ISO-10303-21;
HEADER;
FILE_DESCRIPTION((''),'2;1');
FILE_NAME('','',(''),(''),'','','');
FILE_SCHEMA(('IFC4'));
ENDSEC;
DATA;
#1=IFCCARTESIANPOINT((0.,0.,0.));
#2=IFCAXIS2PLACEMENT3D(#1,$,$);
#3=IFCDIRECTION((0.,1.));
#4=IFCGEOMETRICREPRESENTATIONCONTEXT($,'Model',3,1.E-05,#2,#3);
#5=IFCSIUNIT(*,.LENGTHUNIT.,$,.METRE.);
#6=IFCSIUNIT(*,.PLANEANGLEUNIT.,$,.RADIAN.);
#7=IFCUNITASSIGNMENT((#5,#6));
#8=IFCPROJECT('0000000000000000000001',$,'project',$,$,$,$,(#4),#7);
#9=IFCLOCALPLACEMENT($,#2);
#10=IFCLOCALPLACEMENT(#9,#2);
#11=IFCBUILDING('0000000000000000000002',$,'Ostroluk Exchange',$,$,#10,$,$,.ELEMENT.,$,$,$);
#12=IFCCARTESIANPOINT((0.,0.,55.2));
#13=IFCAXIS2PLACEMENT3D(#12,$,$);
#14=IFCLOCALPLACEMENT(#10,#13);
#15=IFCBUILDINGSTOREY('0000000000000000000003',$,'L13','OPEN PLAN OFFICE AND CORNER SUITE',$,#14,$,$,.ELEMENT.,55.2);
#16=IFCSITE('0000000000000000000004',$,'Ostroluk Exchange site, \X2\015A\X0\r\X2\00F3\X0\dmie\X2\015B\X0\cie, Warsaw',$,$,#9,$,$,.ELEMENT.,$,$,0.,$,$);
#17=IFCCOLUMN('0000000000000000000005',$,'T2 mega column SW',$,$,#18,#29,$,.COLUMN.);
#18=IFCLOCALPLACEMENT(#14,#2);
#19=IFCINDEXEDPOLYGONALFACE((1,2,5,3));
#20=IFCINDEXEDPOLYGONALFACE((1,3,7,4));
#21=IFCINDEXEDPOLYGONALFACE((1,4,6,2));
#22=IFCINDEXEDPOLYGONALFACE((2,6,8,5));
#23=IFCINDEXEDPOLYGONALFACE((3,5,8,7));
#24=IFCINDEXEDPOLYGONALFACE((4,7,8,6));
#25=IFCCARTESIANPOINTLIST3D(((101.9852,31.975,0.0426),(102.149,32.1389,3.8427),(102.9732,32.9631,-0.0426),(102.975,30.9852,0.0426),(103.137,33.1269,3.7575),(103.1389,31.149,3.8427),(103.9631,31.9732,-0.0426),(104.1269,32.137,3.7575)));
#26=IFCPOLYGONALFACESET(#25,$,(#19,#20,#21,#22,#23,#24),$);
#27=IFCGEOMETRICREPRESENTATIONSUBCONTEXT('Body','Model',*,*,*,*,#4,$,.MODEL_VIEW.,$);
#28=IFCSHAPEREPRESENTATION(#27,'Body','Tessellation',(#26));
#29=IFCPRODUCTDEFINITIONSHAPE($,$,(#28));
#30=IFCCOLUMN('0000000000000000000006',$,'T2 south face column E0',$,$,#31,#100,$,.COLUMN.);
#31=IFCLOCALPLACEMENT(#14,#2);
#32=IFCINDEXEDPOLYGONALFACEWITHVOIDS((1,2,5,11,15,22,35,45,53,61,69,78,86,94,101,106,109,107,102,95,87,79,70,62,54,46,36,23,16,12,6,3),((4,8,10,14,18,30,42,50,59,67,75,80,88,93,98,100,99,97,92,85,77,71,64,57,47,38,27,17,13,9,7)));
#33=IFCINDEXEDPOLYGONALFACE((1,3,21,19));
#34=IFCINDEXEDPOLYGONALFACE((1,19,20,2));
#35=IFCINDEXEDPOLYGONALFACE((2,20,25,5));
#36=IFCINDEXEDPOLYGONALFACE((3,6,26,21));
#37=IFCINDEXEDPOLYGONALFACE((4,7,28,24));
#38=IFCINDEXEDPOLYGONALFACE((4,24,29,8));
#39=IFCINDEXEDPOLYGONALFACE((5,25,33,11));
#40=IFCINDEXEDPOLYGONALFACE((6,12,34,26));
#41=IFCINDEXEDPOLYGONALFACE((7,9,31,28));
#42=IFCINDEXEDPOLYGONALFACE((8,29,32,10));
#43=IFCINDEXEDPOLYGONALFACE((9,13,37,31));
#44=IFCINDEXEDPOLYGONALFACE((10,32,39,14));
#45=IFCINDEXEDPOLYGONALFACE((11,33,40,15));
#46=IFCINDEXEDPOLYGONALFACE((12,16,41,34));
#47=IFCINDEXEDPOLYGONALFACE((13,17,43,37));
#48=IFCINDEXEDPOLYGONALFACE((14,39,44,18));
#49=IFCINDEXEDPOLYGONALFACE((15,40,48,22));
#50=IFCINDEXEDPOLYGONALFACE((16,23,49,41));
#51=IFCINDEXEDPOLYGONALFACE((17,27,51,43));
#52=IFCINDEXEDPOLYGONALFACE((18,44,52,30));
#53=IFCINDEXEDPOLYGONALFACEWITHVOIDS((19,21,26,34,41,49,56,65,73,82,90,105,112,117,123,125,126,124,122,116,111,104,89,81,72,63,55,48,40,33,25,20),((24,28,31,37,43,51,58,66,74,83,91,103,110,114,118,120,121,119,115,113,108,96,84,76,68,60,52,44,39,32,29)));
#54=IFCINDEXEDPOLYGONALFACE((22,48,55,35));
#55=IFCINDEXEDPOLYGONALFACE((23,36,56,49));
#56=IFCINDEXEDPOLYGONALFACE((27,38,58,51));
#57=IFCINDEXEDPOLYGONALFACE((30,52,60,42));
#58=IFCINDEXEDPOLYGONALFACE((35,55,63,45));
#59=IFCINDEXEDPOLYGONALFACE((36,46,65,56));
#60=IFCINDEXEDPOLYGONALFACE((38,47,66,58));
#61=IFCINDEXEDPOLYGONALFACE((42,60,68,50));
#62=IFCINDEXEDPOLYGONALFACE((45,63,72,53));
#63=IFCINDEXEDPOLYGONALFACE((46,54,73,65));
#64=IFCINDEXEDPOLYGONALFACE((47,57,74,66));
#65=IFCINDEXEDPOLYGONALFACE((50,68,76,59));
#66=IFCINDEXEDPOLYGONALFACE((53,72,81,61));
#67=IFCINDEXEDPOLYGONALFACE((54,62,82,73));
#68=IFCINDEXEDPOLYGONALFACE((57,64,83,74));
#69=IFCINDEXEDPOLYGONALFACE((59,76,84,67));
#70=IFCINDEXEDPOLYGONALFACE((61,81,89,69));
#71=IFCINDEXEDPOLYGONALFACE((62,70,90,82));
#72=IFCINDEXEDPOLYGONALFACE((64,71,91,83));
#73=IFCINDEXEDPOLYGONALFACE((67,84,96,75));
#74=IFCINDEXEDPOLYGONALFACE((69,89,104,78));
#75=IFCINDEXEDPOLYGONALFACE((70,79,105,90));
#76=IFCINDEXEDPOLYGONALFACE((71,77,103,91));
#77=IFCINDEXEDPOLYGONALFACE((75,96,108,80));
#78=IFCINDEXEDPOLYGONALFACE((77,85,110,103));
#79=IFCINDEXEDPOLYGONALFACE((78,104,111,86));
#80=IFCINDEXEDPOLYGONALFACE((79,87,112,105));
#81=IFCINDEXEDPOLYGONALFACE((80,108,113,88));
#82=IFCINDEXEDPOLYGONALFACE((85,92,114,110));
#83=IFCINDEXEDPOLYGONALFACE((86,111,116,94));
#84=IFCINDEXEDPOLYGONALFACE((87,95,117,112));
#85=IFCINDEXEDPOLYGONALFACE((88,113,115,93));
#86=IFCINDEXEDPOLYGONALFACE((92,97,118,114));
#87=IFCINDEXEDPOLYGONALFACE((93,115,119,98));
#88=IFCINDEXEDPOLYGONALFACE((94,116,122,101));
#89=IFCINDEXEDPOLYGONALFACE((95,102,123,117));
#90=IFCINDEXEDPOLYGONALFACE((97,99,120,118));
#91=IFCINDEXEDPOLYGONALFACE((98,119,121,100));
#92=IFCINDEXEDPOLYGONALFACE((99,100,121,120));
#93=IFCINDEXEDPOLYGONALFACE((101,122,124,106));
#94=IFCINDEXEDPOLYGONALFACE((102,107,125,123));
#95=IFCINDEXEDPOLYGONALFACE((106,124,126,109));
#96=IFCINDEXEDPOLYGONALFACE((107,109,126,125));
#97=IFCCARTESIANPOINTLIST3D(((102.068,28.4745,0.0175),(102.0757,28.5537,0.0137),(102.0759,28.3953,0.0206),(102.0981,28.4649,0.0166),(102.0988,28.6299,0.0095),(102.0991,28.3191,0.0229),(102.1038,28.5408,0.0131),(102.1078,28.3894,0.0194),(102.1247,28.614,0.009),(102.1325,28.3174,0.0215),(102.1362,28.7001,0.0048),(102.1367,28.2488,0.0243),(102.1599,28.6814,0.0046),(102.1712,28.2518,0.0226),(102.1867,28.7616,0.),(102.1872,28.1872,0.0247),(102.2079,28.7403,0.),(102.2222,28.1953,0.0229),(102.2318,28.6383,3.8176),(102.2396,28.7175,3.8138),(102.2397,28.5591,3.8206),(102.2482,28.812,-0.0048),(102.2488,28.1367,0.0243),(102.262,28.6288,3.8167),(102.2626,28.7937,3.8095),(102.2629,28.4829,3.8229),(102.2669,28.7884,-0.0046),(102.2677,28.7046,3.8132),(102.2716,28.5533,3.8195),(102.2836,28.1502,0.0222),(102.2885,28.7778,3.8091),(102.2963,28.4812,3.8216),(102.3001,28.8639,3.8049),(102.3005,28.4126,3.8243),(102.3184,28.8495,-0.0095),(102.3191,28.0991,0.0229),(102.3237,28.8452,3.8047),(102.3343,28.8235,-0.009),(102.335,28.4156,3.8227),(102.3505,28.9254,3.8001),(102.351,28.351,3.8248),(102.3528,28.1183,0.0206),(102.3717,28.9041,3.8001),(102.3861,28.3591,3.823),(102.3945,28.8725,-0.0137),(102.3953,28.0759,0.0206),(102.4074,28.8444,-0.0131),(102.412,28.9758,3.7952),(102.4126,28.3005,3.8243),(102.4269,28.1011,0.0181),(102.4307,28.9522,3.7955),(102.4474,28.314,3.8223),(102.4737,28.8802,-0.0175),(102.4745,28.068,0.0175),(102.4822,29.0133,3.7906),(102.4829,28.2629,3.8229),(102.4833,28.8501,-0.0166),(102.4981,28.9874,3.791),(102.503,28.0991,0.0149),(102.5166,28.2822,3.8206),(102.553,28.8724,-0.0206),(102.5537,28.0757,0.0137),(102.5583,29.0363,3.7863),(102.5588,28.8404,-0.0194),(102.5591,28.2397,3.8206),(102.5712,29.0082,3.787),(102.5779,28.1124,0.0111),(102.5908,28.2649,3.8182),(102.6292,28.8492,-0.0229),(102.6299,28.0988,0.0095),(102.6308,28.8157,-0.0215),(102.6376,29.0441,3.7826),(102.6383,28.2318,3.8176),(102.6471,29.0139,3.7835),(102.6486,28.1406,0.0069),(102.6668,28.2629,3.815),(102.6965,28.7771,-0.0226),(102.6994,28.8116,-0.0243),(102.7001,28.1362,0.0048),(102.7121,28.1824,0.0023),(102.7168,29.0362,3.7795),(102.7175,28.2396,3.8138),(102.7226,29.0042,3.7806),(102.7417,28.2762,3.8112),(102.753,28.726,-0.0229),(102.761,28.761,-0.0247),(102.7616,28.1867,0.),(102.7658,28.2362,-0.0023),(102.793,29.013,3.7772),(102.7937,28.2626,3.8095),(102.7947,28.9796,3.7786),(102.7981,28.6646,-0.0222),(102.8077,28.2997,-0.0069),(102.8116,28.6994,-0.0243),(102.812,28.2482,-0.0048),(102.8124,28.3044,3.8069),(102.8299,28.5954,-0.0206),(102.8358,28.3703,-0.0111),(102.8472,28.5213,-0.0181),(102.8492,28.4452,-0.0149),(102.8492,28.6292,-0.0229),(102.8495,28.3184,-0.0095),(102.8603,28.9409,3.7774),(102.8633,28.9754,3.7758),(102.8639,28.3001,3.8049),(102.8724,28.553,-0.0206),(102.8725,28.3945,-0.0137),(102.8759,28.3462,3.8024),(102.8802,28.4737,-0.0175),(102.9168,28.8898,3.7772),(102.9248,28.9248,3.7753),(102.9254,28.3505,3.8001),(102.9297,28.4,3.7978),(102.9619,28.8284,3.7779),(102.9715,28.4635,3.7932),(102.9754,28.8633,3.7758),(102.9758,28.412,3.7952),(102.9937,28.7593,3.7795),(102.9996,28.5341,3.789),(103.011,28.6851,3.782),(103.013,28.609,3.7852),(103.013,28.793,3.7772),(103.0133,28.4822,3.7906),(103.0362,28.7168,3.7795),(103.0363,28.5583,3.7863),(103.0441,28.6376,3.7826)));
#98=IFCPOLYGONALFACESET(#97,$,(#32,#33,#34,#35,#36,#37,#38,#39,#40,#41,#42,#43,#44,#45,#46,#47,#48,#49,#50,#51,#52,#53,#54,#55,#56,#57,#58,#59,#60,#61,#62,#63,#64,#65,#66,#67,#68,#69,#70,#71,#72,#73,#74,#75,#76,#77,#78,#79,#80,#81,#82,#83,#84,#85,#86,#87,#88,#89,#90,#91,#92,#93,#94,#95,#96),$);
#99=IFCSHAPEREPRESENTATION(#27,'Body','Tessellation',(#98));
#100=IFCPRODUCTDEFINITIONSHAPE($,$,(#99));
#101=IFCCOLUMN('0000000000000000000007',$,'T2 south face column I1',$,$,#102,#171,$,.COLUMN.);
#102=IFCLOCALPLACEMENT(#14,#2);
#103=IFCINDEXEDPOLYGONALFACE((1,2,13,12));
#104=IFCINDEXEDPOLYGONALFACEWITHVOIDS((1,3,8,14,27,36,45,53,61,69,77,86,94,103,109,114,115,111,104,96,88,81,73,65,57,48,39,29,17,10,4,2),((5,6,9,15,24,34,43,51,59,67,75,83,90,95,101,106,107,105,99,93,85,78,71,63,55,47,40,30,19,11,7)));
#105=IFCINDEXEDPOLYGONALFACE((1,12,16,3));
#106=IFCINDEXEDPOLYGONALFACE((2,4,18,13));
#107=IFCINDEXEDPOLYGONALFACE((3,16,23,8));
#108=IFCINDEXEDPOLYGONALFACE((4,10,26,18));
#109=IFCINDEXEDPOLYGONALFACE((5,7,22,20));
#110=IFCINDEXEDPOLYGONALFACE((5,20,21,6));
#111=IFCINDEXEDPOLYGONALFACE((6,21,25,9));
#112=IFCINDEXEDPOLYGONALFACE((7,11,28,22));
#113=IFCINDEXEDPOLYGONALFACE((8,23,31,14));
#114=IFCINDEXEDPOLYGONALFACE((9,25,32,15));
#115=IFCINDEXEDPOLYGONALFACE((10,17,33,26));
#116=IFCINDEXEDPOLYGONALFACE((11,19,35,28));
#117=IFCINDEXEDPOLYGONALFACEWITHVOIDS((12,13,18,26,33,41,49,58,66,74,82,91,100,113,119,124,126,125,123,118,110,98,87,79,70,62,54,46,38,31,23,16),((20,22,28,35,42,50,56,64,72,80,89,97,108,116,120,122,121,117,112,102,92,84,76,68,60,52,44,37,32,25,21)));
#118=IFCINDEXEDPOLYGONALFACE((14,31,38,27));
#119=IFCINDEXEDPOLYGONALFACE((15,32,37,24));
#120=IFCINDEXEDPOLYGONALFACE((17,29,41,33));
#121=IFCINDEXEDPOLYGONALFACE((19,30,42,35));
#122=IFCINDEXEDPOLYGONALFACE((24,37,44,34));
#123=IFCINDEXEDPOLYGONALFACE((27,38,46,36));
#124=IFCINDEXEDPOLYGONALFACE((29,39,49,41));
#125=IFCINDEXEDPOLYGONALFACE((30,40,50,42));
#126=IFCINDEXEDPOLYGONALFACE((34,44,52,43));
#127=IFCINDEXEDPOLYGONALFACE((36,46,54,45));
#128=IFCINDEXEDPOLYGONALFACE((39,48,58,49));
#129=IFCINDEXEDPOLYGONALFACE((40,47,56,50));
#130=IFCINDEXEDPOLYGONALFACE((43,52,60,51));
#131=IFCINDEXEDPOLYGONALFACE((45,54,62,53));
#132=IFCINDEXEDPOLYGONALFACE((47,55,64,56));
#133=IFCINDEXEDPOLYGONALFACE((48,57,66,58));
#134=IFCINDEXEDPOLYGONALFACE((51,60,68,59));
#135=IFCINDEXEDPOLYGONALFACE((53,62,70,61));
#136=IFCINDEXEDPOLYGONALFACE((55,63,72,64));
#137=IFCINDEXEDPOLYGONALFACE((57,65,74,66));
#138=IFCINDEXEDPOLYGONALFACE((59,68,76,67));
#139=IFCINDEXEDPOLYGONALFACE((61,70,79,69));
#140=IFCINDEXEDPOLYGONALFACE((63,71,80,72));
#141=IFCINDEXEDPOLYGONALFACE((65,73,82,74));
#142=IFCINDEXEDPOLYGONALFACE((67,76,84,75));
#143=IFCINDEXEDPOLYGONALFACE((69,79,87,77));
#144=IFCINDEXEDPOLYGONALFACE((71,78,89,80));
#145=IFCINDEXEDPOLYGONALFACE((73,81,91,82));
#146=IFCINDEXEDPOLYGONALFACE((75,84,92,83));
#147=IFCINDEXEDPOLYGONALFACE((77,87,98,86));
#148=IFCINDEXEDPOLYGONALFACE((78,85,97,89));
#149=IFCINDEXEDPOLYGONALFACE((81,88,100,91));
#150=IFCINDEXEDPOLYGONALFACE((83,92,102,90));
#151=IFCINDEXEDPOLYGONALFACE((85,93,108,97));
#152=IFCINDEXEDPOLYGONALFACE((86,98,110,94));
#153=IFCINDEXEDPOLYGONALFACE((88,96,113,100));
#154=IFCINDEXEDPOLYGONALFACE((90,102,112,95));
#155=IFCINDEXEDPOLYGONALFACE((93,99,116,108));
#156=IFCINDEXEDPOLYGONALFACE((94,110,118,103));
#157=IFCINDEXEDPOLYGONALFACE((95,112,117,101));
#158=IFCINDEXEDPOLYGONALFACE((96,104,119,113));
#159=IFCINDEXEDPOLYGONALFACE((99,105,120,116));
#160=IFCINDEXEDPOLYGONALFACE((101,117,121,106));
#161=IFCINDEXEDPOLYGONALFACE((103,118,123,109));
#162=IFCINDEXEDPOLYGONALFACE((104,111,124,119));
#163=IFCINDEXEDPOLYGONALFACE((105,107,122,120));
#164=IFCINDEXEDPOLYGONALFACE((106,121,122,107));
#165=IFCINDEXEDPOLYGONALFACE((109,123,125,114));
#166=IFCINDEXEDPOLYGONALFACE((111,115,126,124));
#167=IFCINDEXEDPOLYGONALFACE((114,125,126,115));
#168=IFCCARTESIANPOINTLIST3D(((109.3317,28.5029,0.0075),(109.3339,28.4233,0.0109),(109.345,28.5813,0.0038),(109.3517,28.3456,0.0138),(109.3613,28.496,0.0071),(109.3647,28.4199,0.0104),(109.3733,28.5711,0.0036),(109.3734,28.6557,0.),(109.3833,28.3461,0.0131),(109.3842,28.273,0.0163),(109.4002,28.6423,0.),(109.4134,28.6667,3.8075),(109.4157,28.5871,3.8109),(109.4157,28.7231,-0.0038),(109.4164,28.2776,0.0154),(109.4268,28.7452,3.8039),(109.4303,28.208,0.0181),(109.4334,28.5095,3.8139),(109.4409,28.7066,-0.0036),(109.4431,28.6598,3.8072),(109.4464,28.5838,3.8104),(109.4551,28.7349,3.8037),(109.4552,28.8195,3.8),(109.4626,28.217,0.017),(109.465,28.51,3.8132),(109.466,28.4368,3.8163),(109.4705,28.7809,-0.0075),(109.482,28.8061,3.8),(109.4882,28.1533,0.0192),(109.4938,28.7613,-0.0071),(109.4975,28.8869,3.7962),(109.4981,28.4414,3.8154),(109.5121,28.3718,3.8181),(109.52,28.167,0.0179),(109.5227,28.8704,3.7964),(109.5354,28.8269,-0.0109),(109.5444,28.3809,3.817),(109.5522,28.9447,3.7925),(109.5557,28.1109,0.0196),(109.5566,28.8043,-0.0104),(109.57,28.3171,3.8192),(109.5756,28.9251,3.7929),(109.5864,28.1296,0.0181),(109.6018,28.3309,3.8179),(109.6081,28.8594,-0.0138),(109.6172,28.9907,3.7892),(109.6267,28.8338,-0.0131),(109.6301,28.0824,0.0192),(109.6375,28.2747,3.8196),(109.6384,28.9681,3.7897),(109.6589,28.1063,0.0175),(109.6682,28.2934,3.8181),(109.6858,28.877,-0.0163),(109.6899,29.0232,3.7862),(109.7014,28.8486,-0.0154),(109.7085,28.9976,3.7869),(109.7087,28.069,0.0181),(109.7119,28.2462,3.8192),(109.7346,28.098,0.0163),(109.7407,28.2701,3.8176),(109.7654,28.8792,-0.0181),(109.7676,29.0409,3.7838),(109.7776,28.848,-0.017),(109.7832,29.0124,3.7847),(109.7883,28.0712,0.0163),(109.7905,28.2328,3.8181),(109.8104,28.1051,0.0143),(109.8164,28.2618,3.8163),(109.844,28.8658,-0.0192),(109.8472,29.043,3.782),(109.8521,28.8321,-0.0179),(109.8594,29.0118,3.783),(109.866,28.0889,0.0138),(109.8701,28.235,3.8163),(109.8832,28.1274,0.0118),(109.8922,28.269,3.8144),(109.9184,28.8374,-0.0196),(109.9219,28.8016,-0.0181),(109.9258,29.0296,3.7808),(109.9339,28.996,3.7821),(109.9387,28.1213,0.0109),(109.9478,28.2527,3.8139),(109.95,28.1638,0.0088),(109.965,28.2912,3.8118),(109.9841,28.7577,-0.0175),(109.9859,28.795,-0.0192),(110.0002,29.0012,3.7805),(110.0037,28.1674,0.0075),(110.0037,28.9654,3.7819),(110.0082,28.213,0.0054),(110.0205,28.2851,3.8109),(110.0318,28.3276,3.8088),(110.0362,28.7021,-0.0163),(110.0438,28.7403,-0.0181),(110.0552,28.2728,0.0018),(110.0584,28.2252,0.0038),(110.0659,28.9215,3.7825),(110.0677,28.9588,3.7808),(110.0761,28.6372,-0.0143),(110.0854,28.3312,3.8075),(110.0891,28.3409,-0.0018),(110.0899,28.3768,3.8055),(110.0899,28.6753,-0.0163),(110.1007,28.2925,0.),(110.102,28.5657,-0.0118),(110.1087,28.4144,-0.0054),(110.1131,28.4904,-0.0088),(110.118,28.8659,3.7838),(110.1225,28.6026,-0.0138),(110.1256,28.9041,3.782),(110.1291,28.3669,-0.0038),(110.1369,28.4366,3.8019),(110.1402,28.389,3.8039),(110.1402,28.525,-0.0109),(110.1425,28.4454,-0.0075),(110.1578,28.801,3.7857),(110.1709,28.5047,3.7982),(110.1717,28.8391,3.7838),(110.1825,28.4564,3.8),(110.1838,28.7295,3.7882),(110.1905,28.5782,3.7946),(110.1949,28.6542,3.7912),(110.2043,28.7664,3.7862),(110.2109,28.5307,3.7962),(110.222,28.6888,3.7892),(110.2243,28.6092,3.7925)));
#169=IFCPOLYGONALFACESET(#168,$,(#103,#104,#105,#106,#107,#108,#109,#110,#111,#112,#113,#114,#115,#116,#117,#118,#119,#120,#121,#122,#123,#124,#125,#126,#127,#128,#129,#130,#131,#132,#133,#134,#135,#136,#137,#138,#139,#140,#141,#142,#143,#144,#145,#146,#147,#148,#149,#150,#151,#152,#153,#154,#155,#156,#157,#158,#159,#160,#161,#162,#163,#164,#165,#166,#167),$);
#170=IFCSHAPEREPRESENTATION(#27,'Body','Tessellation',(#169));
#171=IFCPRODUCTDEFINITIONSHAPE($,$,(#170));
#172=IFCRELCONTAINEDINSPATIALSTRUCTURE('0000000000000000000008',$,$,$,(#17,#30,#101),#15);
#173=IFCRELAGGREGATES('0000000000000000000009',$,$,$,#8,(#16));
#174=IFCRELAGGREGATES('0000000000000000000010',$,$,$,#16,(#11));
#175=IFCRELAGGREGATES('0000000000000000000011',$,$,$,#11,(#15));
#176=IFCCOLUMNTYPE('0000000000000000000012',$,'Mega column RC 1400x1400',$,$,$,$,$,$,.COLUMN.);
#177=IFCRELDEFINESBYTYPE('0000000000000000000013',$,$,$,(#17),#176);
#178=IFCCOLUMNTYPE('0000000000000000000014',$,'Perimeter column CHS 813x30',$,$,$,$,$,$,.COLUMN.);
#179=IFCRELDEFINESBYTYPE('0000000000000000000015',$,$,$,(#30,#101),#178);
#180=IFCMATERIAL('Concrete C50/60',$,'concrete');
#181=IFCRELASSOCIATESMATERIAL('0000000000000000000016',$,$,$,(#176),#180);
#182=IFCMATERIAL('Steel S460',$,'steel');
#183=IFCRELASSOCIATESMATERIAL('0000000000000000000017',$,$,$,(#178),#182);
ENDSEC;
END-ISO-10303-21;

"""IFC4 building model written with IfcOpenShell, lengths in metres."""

from ifc_helpers import new_model, si_unit, direction, frame, origin, origin_2d, place, context, subcontext, project, spatial, rectangle, hollow_circle, extrude, material, material_profile, profile_set, type_object, element, save


model = new_model("IFC4")

# Units and contexts
model_context = context("Model", 3, precision=1e-05, world=origin(), true_north=direction((0.0, 1.0)))
body_context = subcontext(model_context, "Body", "Model", "MODEL_VIEW")
ifc_project = project(units=[si_unit("LENGTHUNIT", "METRE"), si_unit("PLANEANGLEUNIT", "RADIAN")], contexts=[model_context])

# Site, building, storey
site_placement = place(None, origin())
site = spatial("IfcSite", under=ifc_project, at=site_placement, Name="Ostroluk Exchange site, Śródmieście, Warsaw", CompositionType="ELEMENT", RefElevation=0.0)
building_placement = place(site_placement, origin())
building = spatial("IfcBuilding", under=site, at=building_placement, Name="Ostroluk Exchange", CompositionType="ELEMENT")
storey_placement = place(building_placement, frame((0.0, 0.0, 55.2)))
storey = spatial("IfcBuildingStorey", under=building, at=storey_placement, Name="L13", Description="OPEN PLAN OFFICE AND CORNER SUITE", CompositionType="ELEMENT", Elevation=55.2)

# Columns
ifc_material_1 = material(Name="Concrete C50/60", Category="concrete")
ifc_material_profile_1 = material_profile(ifc_material_1, rectangle(XDim=1.3999, YDim=1.3999, at=origin_2d()), Name="RC 1400x1400")
ifc_profile_set_1 = profile_set([ifc_material_profile_1], Name="Concrete C50/60")
column_type_1 = type_object("IfcColumnType", Name="Mega column RC 1400x1400", PredefinedType="COLUMN", material=ifc_profile_set_1)
column_1_placement = place(storey_placement, frame((102.9741, 31.9741, 0.0), z_axis=(0.04303, 0.04303, 0.998147), x_axis=(-0.707107, 0.707107, 0.0)))
element("IfcColumn", 1, at=column_1_placement, inside=storey, type_object=column_type_1, Name="T2 mega column SW", PredefinedType="COLUMN", context=body_context, shape_type="SweptSolid", body=[
    extrude(rectangle(XDim=1.3999, YDim=1.3999, at=origin_2d()), origin(), (0.0, 0.0, 1.0), 3.8071),
])
ifc_material_2 = material(Name="Steel S460", Category="steel")
ifc_material_profile_2 = material_profile(ifc_material_2, hollow_circle(Radius=0.4065, WallThickness=0.03, at=origin_2d()), Name="CHS 813x30")
ifc_profile_set_2 = profile_set([ifc_material_profile_2], Name="Steel S460")
column_type_2 = type_object("IfcColumnType", Name="Perimeter column CHS 813x30", PredefinedType="COLUMN", material=ifc_profile_set_2)
column_2_placement = place(storey_placement, frame((102.4741, 28.4741, 0.0), z_axis=(0.04303, 0.04303, 0.998147), x_axis=(-0.707107, 0.707107, 0.0)))
element("IfcColumn", 2, at=column_2_placement, inside=storey, type_object=column_type_2, Name="T2 south face column E0", PredefinedType="COLUMN", context=body_context, shape_type="SweptSolid", body=[
    extrude(hollow_circle(Radius=0.4065, WallThickness=0.03, at=origin_2d()), origin(), (0.0, 0.0, 1.0), 3.8071),
])
column_3_placement = place(storey_placement, frame((109.7371, 28.4741, 0.0), z_axis=(0.021498, 0.04306, 0.998841), x_axis=(-0.894694, 0.44668, 0.0)))
element("IfcColumn", 3, at=column_3_placement, inside=storey, type_object=column_type_2, Name="T2 south face column I1", PredefinedType="COLUMN", context=body_context, shape_type="SweptSolid", body=[
    extrude(hollow_circle(Radius=0.4065, WallThickness=0.03, at=origin_2d()), origin(), (0.0, 0.0, 1.0), 3.8044),
])

save(model, "model.ifc")
